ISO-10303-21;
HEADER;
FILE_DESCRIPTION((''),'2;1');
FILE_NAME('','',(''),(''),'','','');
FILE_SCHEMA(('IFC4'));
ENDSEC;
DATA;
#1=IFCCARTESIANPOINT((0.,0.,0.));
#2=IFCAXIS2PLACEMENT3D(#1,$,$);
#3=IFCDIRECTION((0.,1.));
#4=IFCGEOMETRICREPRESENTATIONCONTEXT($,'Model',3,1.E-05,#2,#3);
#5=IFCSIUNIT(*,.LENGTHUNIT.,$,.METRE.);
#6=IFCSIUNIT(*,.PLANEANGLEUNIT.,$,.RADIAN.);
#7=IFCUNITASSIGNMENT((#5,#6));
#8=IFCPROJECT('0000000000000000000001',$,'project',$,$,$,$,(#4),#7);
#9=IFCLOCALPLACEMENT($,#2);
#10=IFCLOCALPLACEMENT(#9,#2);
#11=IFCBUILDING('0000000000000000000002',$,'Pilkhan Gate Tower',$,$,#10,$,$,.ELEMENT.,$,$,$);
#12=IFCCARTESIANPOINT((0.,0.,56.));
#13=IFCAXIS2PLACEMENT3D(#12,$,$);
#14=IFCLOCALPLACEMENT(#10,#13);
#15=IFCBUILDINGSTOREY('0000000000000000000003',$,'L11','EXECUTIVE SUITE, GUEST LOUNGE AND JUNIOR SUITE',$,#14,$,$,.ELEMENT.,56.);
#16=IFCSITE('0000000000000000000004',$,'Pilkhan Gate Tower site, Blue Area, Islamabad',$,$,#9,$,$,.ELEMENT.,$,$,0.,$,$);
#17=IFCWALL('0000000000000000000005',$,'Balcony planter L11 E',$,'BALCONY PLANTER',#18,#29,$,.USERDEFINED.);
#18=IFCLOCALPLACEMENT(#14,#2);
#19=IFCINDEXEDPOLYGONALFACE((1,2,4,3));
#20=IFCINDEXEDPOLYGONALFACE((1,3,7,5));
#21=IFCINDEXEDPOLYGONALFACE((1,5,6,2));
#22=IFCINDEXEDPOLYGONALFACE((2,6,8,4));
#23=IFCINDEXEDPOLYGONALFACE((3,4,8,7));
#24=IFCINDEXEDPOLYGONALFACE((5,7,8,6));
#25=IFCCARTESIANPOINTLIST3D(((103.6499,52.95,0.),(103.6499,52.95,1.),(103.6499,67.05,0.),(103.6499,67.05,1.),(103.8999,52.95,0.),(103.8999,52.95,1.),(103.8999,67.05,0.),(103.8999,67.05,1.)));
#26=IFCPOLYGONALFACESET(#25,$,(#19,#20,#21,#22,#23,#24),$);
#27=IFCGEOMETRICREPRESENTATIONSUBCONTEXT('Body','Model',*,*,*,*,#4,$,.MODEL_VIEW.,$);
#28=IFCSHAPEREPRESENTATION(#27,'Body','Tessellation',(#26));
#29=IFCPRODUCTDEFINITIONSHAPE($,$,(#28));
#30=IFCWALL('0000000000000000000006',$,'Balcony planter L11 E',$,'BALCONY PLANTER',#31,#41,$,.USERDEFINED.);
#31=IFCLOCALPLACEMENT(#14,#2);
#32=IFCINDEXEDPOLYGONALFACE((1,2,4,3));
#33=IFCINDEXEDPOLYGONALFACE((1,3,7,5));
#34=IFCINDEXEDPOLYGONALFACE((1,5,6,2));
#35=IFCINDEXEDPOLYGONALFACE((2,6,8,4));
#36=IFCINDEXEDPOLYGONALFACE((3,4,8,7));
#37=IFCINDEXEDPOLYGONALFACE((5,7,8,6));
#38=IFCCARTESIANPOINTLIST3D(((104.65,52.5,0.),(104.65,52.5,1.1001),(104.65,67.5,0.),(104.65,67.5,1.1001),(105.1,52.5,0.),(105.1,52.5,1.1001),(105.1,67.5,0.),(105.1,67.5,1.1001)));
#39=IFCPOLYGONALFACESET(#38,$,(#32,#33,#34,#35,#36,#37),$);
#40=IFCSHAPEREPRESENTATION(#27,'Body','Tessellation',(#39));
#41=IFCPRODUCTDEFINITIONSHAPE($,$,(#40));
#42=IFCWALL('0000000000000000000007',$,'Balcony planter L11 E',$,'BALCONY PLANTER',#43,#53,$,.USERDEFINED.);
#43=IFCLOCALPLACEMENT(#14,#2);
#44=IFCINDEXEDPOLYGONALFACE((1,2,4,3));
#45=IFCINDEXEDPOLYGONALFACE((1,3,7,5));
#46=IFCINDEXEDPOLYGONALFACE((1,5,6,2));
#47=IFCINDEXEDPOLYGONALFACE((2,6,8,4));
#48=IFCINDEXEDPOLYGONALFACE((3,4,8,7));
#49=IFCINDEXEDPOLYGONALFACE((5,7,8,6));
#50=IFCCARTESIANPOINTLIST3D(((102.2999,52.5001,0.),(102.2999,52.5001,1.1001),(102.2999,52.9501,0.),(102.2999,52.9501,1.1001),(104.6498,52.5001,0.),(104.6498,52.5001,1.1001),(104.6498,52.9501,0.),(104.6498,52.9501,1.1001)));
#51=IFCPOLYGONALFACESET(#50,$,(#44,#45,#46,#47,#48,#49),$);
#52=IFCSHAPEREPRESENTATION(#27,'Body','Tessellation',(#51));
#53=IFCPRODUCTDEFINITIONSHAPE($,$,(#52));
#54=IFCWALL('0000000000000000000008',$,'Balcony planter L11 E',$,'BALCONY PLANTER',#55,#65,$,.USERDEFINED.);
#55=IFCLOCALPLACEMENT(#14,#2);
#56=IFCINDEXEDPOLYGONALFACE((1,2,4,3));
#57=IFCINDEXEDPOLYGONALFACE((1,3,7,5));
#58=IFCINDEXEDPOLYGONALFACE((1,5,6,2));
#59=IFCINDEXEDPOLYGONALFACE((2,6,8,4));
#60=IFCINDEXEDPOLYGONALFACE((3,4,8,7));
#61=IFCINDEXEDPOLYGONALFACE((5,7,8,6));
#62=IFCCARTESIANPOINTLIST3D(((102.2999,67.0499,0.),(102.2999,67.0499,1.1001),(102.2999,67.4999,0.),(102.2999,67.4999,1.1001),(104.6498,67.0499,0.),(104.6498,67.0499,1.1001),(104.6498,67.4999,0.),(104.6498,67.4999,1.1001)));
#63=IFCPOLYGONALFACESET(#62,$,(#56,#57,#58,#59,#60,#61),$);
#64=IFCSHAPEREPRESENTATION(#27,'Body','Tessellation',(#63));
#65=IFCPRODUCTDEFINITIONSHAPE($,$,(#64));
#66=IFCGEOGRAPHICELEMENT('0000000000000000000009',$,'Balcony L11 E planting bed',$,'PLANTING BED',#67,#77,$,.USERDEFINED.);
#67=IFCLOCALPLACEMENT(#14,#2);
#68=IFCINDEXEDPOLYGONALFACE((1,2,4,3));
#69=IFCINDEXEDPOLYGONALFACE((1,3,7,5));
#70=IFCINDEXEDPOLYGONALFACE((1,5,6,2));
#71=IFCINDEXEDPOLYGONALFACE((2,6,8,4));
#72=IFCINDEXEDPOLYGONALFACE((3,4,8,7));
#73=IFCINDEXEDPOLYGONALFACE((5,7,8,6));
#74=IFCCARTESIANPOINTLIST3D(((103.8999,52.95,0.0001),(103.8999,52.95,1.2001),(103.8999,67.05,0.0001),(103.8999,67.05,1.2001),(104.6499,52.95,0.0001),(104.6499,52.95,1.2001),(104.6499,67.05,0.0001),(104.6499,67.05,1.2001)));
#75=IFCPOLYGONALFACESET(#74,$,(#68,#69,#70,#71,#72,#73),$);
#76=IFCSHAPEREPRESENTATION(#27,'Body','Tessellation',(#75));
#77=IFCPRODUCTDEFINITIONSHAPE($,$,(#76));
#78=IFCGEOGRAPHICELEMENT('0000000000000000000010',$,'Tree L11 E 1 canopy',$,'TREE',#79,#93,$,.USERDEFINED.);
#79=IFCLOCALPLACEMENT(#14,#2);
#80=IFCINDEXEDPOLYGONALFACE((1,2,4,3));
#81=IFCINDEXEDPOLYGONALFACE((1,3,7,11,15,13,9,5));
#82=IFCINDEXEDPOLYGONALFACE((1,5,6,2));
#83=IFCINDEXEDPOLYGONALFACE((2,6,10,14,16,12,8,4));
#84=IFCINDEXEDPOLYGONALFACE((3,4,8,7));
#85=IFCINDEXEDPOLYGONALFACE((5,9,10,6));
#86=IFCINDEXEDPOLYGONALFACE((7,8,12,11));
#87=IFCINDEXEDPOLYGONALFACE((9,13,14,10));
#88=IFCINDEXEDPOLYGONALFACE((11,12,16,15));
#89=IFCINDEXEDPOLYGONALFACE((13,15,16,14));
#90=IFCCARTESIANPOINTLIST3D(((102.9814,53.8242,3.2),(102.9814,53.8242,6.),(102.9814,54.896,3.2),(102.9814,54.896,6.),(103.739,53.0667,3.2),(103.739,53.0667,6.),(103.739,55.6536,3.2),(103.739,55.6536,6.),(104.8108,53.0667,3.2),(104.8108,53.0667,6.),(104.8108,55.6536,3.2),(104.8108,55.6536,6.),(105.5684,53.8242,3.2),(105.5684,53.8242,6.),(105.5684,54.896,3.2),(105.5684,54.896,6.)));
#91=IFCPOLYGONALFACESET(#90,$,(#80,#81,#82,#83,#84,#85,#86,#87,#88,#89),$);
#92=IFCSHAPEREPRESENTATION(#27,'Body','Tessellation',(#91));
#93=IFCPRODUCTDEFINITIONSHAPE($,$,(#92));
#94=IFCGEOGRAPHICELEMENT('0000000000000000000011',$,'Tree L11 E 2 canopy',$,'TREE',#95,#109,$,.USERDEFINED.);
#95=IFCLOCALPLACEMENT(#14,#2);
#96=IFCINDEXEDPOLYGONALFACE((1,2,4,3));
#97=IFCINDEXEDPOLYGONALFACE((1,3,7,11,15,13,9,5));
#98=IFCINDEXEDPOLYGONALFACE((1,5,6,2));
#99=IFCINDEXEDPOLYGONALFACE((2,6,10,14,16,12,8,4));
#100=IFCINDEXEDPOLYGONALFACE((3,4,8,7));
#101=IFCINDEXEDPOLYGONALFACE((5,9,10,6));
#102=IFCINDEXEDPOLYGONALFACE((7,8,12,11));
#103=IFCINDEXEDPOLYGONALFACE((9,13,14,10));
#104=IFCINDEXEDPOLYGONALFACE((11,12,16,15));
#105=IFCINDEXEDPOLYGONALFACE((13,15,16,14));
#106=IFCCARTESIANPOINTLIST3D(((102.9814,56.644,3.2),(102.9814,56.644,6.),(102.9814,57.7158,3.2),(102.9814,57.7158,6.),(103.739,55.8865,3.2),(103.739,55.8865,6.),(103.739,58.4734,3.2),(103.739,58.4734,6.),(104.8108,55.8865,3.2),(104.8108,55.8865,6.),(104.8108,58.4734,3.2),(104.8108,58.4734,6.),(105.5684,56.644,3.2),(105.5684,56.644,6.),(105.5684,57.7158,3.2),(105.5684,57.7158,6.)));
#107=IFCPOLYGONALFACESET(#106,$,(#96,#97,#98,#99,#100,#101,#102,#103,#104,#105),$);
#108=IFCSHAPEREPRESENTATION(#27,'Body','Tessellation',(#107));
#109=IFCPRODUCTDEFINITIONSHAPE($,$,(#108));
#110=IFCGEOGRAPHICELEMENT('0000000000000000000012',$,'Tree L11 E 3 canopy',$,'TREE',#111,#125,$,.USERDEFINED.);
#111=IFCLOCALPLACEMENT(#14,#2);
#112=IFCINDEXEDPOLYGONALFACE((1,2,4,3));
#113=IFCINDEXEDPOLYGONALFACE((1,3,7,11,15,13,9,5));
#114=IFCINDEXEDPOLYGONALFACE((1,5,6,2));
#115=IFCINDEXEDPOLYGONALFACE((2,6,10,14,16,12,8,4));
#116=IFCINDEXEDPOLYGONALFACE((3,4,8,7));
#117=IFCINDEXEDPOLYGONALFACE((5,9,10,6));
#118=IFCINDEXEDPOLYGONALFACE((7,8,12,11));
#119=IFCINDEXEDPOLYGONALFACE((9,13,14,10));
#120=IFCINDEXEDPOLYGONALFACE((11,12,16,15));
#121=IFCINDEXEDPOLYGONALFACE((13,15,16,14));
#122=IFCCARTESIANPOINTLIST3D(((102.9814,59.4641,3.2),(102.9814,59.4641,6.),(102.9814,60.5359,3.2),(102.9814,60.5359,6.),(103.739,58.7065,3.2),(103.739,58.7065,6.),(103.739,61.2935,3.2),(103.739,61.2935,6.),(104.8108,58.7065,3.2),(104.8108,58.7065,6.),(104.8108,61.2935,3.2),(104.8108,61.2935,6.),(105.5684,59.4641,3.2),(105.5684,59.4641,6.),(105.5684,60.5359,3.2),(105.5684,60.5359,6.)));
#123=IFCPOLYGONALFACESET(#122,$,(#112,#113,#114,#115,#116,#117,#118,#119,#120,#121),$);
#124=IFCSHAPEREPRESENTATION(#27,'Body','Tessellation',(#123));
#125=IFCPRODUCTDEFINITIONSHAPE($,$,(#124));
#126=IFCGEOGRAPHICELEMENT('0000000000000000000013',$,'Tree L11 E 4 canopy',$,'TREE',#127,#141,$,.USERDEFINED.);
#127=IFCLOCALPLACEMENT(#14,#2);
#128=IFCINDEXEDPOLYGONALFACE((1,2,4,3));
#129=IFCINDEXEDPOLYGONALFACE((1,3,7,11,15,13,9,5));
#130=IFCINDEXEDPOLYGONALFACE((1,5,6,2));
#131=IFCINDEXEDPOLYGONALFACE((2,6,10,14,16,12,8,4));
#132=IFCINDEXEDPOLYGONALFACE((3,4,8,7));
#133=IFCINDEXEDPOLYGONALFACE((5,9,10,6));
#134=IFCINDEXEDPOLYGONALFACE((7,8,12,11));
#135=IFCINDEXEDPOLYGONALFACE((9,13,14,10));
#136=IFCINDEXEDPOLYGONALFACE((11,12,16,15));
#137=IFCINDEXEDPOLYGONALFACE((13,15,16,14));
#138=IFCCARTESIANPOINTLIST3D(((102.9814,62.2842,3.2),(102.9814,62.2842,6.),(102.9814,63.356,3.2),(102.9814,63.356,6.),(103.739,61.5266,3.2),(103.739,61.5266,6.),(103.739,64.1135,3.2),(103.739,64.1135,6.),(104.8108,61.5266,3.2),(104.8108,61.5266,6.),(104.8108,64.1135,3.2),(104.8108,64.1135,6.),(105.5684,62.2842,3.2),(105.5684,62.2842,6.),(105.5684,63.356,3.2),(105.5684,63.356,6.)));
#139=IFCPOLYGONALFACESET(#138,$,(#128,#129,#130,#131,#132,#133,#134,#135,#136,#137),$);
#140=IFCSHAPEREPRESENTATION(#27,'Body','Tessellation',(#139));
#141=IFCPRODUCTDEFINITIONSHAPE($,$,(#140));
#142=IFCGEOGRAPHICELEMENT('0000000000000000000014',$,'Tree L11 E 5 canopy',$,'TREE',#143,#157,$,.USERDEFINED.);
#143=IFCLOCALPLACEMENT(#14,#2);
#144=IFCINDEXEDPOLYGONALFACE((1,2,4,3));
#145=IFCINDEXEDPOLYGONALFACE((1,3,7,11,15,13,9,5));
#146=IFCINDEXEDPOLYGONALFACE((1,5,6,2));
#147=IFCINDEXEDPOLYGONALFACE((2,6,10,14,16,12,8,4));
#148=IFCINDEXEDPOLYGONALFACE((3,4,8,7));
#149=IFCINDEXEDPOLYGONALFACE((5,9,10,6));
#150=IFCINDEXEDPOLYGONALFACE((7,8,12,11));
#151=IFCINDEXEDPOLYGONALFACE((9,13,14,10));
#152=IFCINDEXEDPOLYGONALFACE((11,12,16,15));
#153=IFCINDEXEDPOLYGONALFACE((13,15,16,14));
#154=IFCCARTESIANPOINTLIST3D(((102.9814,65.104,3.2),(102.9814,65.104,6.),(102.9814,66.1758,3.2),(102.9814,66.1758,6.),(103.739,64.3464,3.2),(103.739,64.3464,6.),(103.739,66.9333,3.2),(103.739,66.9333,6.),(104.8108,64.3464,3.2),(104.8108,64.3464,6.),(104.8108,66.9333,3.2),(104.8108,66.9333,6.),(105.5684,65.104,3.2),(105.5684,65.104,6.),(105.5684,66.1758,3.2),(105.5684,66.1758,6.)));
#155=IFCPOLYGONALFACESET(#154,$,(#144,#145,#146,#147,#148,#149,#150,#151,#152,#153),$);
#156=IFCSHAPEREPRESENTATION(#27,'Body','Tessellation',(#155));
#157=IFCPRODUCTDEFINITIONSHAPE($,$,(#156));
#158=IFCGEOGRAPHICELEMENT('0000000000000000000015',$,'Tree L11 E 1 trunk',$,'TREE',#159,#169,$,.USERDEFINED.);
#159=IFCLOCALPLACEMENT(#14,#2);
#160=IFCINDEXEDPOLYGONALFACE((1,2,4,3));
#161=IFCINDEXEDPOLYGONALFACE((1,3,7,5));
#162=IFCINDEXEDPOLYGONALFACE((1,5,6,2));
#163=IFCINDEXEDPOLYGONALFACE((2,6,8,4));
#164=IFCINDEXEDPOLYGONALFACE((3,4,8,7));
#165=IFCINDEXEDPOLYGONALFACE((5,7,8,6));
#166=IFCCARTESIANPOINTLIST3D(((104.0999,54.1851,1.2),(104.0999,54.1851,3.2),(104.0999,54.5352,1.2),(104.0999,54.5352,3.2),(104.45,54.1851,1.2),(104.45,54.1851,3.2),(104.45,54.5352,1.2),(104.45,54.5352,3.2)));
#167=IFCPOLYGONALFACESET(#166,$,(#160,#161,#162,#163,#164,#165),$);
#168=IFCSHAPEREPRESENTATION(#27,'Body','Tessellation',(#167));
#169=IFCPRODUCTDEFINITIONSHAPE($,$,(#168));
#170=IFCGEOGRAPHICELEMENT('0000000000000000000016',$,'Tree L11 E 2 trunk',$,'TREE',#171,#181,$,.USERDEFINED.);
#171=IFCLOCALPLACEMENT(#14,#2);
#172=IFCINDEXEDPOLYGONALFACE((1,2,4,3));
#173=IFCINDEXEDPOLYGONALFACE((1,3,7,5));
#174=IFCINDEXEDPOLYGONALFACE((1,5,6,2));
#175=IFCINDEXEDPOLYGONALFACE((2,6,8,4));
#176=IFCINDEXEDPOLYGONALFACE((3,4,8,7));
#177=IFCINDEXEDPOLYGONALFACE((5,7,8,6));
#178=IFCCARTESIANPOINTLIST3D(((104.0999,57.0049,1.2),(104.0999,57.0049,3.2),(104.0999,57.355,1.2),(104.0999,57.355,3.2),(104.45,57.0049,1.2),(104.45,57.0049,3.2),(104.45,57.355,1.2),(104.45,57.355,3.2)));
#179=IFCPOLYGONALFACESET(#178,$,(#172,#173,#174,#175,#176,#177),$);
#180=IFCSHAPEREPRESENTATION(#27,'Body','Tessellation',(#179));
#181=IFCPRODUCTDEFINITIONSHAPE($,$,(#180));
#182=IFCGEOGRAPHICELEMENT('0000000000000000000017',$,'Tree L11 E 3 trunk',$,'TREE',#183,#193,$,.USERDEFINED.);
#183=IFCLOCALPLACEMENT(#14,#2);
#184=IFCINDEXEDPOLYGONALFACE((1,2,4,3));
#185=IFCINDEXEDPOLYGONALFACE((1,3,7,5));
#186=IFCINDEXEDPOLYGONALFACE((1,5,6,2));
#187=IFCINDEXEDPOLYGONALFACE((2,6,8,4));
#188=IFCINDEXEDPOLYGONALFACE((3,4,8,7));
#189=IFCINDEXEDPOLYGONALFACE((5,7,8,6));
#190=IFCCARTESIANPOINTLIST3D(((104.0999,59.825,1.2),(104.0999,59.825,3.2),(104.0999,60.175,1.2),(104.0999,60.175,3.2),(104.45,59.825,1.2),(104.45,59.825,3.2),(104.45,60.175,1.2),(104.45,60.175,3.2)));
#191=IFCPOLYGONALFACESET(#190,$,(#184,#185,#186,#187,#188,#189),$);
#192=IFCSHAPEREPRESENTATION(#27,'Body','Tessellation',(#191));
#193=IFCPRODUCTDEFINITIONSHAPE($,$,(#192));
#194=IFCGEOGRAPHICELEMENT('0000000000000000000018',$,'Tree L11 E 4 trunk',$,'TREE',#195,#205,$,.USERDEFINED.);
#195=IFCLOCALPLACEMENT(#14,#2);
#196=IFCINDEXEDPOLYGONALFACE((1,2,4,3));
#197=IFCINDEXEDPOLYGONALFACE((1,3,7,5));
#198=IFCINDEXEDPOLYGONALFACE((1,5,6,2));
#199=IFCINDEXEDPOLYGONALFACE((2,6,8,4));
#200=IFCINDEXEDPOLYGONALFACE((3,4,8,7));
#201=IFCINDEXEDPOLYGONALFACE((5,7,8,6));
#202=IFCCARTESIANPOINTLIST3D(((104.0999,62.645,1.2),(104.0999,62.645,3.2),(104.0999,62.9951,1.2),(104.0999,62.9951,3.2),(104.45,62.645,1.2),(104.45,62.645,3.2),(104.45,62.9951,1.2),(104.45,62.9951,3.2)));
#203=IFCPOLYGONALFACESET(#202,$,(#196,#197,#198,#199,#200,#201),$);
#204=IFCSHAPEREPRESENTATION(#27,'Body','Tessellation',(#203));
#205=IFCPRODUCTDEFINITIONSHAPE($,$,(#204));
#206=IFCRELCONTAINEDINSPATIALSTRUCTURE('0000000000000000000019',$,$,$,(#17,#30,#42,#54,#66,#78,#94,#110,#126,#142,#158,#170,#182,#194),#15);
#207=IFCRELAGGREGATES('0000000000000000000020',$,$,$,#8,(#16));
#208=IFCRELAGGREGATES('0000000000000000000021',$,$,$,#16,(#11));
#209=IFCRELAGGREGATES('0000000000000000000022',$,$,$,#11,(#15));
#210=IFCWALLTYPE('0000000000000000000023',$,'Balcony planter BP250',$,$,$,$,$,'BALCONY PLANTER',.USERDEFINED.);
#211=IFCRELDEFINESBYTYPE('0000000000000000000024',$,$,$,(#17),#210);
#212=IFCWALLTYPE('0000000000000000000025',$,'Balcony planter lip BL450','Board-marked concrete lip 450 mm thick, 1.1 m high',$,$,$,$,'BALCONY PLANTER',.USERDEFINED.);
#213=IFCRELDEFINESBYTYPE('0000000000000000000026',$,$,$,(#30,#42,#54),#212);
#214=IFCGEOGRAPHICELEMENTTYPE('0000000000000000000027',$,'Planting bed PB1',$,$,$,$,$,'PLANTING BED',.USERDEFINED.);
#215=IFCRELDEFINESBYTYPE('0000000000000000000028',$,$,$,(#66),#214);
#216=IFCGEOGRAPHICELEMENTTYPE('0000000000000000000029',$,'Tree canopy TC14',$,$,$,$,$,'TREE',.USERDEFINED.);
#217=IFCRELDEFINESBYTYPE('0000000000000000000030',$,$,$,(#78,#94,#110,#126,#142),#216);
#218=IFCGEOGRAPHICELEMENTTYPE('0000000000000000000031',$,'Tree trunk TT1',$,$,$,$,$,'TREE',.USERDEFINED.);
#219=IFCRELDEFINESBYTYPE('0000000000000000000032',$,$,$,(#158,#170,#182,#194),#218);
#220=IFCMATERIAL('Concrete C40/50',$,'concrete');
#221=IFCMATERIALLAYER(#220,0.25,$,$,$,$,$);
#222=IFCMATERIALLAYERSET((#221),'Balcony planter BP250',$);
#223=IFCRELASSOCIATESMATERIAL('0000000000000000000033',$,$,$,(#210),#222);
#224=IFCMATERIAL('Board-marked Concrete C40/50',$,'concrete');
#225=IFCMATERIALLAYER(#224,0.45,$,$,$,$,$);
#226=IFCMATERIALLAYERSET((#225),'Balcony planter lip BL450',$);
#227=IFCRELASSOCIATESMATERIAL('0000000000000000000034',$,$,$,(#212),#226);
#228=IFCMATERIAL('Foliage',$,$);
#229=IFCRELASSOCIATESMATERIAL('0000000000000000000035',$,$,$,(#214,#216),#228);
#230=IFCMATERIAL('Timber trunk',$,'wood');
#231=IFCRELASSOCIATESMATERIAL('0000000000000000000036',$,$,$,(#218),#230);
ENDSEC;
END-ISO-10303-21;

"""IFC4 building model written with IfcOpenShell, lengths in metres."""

from ifc_helpers import new_model, si_unit, direction, frame, frame_2d, origin, origin_2d, place, context, subcontext, project, spatial, polyline, rectangle, outline, extrude, material, layer, layer_set, material_profile, profile_set, type_object, element, save


model = new_model("IFC4")

# Units and contexts
model_context = context("Model", 3, precision=1e-05, world=origin(), true_north=direction((0.0, 1.0)))
body_context = subcontext(model_context, "Body", "Model", "MODEL_VIEW")
ifc_project = project(units=[si_unit("LENGTHUNIT", "METRE"), si_unit("PLANEANGLEUNIT", "RADIAN")], contexts=[model_context])

# Site, building, storey
site_placement = place(None, origin())
site = spatial("IfcSite", under=ifc_project, at=site_placement, Name="Pilkhan Gate Tower site, Blue Area, Islamabad", CompositionType="ELEMENT", RefElevation=0.0)
building_placement = place(site_placement, origin())
building = spatial("IfcBuilding", under=site, at=building_placement, Name="Pilkhan Gate Tower", CompositionType="ELEMENT")
storey_placement = place(building_placement, frame((0.0, 0.0, 56.0)))
storey = spatial("IfcBuildingStorey", under=building, at=storey_placement, Name="L11", Description="EXECUTIVE SUITE, GUEST LOUNGE AND JUNIOR SUITE", CompositionType="ELEMENT", Elevation=56.0)

# Walls
ifc_material_1 = material(Name="Concrete C40/50", Category="concrete")
ifc_layer_1 = layer(ifc_material_1, 0.25)
ifc_layer_set_1 = layer_set([ifc_layer_1], Name="Balcony planter BP250")
wall_type_1 = type_object("IfcWallType", Name="Balcony planter BP250", ElementType="BALCONY PLANTER", PredefinedType="USERDEFINED", material=ifc_layer_set_1)
wall_1_placement = place(storey_placement, frame((103.7749, 52.95, 0.0), z_axis=(0.0, 0.0, 1.0), x_axis=(0.0, 1.0, 0.0)))
element("IfcWall", 1, at=wall_1_placement, inside=storey, type_object=wall_type_1, Name="Balcony planter L11 E", ObjectType="BALCONY PLANTER", PredefinedType="USERDEFINED", context=body_context, shape_type="SweptSolid", body=[
    extrude(rectangle(XDim=14.1001, YDim=0.25, at=frame_2d((7.05, 0.0))), origin(), (0.0, 0.0, 1.0), 1.0),
])
ifc_material_2 = material(Name="Board-marked Concrete C40/50", Category="concrete")
ifc_layer_2 = layer(ifc_material_2, 0.45)
ifc_layer_set_2 = layer_set([ifc_layer_2], Name="Balcony planter lip BL450")
wall_type_2 = type_object("IfcWallType", Name="Balcony planter lip BL450", Description="Board-marked concrete lip 450 mm thick, 1.1 m high", ElementType="BALCONY PLANTER", PredefinedType="USERDEFINED", material=ifc_layer_set_2)
wall_2_placement = place(storey_placement, frame((104.875, 52.5, 0.0), z_axis=(0.0, 0.0, 1.0), x_axis=(0.0, 1.0, 0.0)))
element("IfcWall", 2, at=wall_2_placement, inside=storey, type_object=wall_type_2, Name="Balcony planter L11 E", ObjectType="BALCONY PLANTER", PredefinedType="USERDEFINED", context=body_context, shape_type="SweptSolid", body=[
    extrude(rectangle(XDim=15.0, YDim=0.45, at=frame_2d((7.5, 0.0))), origin(), (0.0, 0.0, 1.0), 1.1001),
])
for number, where, z_axis, x_axis, name in (
    (3, (102.3, 52.7251, 0.0), (0.0, 0.0, 1.0), (1.0, 0.0, 0.0), "Balcony planter L11 E"),
    (4, (102.3, 67.2749, 0.0), (0.0, 0.0, 1.0), (1.0, 0.0, 0.0), "Balcony planter L11 E"),
):
    element("IfcWall", number, at=place(storey_placement, frame(where, z_axis=z_axis, x_axis=x_axis)), inside=storey, type_object=wall_type_2, Name=name, ObjectType="BALCONY PLANTER", PredefinedType="USERDEFINED", context=body_context, shape_type="SweptSolid", body=[
        extrude(rectangle(XDim=2.3499, YDim=0.45, at=frame_2d((1.1748, 0.0))), origin(), (0.0, 0.0, 1.0), 1.1001),
    ])

# Geographic elements
ifc_material_3 = material(Name="Foliage")
ifc_material_profile_1 = material_profile(ifc_material_3, rectangle(XDim=0.75, YDim=1.2, at=origin_2d()), Name="Bed 750x1200")
ifc_profile_set_1 = profile_set([ifc_material_profile_1], Name="Foliage")
geographic_element_type_1 = type_object("IfcGeographicElementType", Name="Planting bed PB1", ElementType="PLANTING BED", PredefinedType="USERDEFINED", material=ifc_profile_set_1)
geographic_element_placement = place(storey_placement, frame((104.2749, 52.95, 0.6001), z_axis=(0.0, 1.0, 0.0), x_axis=(-1.0, 0.0, 0.0)))
element("IfcGeographicElement", 5, at=geographic_element_placement, inside=storey, type_object=geographic_element_type_1, Name="Balcony L11 E planting bed", ObjectType="PLANTING BED", PredefinedType="USERDEFINED", context=body_context, shape_type="SweptSolid", body=[
    extrude(rectangle(XDim=0.75, YDim=1.2, at=origin_2d()), origin(), (0.0, 0.0, 1.0), 14.1001),
])
ifc_material_profile_2 = material_profile(ifc_material_3, outline(polyline([(1.2935, 0.5359), (0.5359, 1.2935), (-0.5359, 1.2935), (-1.2935, 0.5359), (-1.2935, -0.5359), (-0.5359, -1.2935), (0.5359, -1.2935), (1.2935, -0.5359), (1.2935, 0.5359)])), Name="Canopy D2.8")
ifc_profile_set_2 = profile_set([ifc_material_profile_2], Name="Foliage")
geographic_element_type_2 = type_object("IfcGeographicElementType", Name="Tree canopy TC14", ElementType="TREE", PredefinedType="USERDEFINED", material=ifc_profile_set_2)
for number, where, z_axis, x_axis, name in (
    (6, (104.2749, 54.3601, 3.2), (0.0, 0.0, 1.0), (1.0, 0.0, 0.0), "Tree L11 E 1 canopy"),
    (7, (104.2749, 57.1799, 3.2), (0.0, 0.0, 1.0), (1.0, 0.0, 0.0), "Tree L11 E 2 canopy"),
    (8, (104.2749, 60.0, 3.2), (0.0, 0.0, 1.0), (1.0, 0.0, 0.0), "Tree L11 E 3 canopy"),
    (9, (104.2749, 62.8201, 3.2), (0.0, 0.0, 1.0), (1.0, 0.0, 0.0), "Tree L11 E 4 canopy"),
    (10, (104.2749, 65.6399, 3.2), (0.0, 0.0, 1.0), (1.0, 0.0, 0.0), "Tree L11 E 5 canopy"),
):
    element("IfcGeographicElement", number, at=place(storey_placement, frame(where, z_axis=z_axis, x_axis=x_axis)), inside=storey, type_object=geographic_element_type_2, Name=name, ObjectType="TREE", PredefinedType="USERDEFINED", context=body_context, shape_type="SweptSolid", body=[
        extrude(outline(polyline([(1.2935, 0.5359), (0.5359, 1.2935), (-0.5359, 1.2935), (-1.2935, 0.5359), (-1.2935, -0.5359), (-0.5359, -1.2935), (0.5359, -1.2935), (1.2935, -0.5359), (1.2935, 0.5359)])), origin(), (0.0, 0.0, 1.0), 2.8),
    ])
ifc_material_4 = material(Name="Timber trunk", Category="wood")
geographic_element_type_3 = type_object("IfcGeographicElementType", Name="Tree trunk TT1", ElementType="TREE", PredefinedType="USERDEFINED", material=ifc_material_4)
for number, where, z_axis, x_axis, name in (
    (11, (104.2749, 54.3601, 1.2), (0.0, 0.0, 1.0), (1.0, 0.0, 0.0), "Tree L11 E 1 trunk"),
    (12, (104.2749, 57.1799, 1.2), (0.0, 0.0, 1.0), (1.0, 0.0, 0.0), "Tree L11 E 2 trunk"),
    (13, (104.2749, 60.0, 1.2), (0.0, 0.0, 1.0), (1.0, 0.0, 0.0), "Tree L11 E 3 trunk"),
    (14, (104.2749, 62.8201, 1.2), (0.0, 0.0, 1.0), (1.0, 0.0, 0.0), "Tree L11 E 4 trunk"),
):
    element("IfcGeographicElement", number, at=place(storey_placement, frame(where, z_axis=z_axis, x_axis=x_axis)), inside=storey, type_object=geographic_element_type_3, Name=name, ObjectType="TREE", PredefinedType="USERDEFINED", context=body_context, shape_type="SweptSolid", body=[
        extrude(rectangle(XDim=0.3501, YDim=0.3501, at=origin_2d()), origin(), (0.0, 0.0, 1.0), 2.0),
    ])

save(model, "model.ifc")
